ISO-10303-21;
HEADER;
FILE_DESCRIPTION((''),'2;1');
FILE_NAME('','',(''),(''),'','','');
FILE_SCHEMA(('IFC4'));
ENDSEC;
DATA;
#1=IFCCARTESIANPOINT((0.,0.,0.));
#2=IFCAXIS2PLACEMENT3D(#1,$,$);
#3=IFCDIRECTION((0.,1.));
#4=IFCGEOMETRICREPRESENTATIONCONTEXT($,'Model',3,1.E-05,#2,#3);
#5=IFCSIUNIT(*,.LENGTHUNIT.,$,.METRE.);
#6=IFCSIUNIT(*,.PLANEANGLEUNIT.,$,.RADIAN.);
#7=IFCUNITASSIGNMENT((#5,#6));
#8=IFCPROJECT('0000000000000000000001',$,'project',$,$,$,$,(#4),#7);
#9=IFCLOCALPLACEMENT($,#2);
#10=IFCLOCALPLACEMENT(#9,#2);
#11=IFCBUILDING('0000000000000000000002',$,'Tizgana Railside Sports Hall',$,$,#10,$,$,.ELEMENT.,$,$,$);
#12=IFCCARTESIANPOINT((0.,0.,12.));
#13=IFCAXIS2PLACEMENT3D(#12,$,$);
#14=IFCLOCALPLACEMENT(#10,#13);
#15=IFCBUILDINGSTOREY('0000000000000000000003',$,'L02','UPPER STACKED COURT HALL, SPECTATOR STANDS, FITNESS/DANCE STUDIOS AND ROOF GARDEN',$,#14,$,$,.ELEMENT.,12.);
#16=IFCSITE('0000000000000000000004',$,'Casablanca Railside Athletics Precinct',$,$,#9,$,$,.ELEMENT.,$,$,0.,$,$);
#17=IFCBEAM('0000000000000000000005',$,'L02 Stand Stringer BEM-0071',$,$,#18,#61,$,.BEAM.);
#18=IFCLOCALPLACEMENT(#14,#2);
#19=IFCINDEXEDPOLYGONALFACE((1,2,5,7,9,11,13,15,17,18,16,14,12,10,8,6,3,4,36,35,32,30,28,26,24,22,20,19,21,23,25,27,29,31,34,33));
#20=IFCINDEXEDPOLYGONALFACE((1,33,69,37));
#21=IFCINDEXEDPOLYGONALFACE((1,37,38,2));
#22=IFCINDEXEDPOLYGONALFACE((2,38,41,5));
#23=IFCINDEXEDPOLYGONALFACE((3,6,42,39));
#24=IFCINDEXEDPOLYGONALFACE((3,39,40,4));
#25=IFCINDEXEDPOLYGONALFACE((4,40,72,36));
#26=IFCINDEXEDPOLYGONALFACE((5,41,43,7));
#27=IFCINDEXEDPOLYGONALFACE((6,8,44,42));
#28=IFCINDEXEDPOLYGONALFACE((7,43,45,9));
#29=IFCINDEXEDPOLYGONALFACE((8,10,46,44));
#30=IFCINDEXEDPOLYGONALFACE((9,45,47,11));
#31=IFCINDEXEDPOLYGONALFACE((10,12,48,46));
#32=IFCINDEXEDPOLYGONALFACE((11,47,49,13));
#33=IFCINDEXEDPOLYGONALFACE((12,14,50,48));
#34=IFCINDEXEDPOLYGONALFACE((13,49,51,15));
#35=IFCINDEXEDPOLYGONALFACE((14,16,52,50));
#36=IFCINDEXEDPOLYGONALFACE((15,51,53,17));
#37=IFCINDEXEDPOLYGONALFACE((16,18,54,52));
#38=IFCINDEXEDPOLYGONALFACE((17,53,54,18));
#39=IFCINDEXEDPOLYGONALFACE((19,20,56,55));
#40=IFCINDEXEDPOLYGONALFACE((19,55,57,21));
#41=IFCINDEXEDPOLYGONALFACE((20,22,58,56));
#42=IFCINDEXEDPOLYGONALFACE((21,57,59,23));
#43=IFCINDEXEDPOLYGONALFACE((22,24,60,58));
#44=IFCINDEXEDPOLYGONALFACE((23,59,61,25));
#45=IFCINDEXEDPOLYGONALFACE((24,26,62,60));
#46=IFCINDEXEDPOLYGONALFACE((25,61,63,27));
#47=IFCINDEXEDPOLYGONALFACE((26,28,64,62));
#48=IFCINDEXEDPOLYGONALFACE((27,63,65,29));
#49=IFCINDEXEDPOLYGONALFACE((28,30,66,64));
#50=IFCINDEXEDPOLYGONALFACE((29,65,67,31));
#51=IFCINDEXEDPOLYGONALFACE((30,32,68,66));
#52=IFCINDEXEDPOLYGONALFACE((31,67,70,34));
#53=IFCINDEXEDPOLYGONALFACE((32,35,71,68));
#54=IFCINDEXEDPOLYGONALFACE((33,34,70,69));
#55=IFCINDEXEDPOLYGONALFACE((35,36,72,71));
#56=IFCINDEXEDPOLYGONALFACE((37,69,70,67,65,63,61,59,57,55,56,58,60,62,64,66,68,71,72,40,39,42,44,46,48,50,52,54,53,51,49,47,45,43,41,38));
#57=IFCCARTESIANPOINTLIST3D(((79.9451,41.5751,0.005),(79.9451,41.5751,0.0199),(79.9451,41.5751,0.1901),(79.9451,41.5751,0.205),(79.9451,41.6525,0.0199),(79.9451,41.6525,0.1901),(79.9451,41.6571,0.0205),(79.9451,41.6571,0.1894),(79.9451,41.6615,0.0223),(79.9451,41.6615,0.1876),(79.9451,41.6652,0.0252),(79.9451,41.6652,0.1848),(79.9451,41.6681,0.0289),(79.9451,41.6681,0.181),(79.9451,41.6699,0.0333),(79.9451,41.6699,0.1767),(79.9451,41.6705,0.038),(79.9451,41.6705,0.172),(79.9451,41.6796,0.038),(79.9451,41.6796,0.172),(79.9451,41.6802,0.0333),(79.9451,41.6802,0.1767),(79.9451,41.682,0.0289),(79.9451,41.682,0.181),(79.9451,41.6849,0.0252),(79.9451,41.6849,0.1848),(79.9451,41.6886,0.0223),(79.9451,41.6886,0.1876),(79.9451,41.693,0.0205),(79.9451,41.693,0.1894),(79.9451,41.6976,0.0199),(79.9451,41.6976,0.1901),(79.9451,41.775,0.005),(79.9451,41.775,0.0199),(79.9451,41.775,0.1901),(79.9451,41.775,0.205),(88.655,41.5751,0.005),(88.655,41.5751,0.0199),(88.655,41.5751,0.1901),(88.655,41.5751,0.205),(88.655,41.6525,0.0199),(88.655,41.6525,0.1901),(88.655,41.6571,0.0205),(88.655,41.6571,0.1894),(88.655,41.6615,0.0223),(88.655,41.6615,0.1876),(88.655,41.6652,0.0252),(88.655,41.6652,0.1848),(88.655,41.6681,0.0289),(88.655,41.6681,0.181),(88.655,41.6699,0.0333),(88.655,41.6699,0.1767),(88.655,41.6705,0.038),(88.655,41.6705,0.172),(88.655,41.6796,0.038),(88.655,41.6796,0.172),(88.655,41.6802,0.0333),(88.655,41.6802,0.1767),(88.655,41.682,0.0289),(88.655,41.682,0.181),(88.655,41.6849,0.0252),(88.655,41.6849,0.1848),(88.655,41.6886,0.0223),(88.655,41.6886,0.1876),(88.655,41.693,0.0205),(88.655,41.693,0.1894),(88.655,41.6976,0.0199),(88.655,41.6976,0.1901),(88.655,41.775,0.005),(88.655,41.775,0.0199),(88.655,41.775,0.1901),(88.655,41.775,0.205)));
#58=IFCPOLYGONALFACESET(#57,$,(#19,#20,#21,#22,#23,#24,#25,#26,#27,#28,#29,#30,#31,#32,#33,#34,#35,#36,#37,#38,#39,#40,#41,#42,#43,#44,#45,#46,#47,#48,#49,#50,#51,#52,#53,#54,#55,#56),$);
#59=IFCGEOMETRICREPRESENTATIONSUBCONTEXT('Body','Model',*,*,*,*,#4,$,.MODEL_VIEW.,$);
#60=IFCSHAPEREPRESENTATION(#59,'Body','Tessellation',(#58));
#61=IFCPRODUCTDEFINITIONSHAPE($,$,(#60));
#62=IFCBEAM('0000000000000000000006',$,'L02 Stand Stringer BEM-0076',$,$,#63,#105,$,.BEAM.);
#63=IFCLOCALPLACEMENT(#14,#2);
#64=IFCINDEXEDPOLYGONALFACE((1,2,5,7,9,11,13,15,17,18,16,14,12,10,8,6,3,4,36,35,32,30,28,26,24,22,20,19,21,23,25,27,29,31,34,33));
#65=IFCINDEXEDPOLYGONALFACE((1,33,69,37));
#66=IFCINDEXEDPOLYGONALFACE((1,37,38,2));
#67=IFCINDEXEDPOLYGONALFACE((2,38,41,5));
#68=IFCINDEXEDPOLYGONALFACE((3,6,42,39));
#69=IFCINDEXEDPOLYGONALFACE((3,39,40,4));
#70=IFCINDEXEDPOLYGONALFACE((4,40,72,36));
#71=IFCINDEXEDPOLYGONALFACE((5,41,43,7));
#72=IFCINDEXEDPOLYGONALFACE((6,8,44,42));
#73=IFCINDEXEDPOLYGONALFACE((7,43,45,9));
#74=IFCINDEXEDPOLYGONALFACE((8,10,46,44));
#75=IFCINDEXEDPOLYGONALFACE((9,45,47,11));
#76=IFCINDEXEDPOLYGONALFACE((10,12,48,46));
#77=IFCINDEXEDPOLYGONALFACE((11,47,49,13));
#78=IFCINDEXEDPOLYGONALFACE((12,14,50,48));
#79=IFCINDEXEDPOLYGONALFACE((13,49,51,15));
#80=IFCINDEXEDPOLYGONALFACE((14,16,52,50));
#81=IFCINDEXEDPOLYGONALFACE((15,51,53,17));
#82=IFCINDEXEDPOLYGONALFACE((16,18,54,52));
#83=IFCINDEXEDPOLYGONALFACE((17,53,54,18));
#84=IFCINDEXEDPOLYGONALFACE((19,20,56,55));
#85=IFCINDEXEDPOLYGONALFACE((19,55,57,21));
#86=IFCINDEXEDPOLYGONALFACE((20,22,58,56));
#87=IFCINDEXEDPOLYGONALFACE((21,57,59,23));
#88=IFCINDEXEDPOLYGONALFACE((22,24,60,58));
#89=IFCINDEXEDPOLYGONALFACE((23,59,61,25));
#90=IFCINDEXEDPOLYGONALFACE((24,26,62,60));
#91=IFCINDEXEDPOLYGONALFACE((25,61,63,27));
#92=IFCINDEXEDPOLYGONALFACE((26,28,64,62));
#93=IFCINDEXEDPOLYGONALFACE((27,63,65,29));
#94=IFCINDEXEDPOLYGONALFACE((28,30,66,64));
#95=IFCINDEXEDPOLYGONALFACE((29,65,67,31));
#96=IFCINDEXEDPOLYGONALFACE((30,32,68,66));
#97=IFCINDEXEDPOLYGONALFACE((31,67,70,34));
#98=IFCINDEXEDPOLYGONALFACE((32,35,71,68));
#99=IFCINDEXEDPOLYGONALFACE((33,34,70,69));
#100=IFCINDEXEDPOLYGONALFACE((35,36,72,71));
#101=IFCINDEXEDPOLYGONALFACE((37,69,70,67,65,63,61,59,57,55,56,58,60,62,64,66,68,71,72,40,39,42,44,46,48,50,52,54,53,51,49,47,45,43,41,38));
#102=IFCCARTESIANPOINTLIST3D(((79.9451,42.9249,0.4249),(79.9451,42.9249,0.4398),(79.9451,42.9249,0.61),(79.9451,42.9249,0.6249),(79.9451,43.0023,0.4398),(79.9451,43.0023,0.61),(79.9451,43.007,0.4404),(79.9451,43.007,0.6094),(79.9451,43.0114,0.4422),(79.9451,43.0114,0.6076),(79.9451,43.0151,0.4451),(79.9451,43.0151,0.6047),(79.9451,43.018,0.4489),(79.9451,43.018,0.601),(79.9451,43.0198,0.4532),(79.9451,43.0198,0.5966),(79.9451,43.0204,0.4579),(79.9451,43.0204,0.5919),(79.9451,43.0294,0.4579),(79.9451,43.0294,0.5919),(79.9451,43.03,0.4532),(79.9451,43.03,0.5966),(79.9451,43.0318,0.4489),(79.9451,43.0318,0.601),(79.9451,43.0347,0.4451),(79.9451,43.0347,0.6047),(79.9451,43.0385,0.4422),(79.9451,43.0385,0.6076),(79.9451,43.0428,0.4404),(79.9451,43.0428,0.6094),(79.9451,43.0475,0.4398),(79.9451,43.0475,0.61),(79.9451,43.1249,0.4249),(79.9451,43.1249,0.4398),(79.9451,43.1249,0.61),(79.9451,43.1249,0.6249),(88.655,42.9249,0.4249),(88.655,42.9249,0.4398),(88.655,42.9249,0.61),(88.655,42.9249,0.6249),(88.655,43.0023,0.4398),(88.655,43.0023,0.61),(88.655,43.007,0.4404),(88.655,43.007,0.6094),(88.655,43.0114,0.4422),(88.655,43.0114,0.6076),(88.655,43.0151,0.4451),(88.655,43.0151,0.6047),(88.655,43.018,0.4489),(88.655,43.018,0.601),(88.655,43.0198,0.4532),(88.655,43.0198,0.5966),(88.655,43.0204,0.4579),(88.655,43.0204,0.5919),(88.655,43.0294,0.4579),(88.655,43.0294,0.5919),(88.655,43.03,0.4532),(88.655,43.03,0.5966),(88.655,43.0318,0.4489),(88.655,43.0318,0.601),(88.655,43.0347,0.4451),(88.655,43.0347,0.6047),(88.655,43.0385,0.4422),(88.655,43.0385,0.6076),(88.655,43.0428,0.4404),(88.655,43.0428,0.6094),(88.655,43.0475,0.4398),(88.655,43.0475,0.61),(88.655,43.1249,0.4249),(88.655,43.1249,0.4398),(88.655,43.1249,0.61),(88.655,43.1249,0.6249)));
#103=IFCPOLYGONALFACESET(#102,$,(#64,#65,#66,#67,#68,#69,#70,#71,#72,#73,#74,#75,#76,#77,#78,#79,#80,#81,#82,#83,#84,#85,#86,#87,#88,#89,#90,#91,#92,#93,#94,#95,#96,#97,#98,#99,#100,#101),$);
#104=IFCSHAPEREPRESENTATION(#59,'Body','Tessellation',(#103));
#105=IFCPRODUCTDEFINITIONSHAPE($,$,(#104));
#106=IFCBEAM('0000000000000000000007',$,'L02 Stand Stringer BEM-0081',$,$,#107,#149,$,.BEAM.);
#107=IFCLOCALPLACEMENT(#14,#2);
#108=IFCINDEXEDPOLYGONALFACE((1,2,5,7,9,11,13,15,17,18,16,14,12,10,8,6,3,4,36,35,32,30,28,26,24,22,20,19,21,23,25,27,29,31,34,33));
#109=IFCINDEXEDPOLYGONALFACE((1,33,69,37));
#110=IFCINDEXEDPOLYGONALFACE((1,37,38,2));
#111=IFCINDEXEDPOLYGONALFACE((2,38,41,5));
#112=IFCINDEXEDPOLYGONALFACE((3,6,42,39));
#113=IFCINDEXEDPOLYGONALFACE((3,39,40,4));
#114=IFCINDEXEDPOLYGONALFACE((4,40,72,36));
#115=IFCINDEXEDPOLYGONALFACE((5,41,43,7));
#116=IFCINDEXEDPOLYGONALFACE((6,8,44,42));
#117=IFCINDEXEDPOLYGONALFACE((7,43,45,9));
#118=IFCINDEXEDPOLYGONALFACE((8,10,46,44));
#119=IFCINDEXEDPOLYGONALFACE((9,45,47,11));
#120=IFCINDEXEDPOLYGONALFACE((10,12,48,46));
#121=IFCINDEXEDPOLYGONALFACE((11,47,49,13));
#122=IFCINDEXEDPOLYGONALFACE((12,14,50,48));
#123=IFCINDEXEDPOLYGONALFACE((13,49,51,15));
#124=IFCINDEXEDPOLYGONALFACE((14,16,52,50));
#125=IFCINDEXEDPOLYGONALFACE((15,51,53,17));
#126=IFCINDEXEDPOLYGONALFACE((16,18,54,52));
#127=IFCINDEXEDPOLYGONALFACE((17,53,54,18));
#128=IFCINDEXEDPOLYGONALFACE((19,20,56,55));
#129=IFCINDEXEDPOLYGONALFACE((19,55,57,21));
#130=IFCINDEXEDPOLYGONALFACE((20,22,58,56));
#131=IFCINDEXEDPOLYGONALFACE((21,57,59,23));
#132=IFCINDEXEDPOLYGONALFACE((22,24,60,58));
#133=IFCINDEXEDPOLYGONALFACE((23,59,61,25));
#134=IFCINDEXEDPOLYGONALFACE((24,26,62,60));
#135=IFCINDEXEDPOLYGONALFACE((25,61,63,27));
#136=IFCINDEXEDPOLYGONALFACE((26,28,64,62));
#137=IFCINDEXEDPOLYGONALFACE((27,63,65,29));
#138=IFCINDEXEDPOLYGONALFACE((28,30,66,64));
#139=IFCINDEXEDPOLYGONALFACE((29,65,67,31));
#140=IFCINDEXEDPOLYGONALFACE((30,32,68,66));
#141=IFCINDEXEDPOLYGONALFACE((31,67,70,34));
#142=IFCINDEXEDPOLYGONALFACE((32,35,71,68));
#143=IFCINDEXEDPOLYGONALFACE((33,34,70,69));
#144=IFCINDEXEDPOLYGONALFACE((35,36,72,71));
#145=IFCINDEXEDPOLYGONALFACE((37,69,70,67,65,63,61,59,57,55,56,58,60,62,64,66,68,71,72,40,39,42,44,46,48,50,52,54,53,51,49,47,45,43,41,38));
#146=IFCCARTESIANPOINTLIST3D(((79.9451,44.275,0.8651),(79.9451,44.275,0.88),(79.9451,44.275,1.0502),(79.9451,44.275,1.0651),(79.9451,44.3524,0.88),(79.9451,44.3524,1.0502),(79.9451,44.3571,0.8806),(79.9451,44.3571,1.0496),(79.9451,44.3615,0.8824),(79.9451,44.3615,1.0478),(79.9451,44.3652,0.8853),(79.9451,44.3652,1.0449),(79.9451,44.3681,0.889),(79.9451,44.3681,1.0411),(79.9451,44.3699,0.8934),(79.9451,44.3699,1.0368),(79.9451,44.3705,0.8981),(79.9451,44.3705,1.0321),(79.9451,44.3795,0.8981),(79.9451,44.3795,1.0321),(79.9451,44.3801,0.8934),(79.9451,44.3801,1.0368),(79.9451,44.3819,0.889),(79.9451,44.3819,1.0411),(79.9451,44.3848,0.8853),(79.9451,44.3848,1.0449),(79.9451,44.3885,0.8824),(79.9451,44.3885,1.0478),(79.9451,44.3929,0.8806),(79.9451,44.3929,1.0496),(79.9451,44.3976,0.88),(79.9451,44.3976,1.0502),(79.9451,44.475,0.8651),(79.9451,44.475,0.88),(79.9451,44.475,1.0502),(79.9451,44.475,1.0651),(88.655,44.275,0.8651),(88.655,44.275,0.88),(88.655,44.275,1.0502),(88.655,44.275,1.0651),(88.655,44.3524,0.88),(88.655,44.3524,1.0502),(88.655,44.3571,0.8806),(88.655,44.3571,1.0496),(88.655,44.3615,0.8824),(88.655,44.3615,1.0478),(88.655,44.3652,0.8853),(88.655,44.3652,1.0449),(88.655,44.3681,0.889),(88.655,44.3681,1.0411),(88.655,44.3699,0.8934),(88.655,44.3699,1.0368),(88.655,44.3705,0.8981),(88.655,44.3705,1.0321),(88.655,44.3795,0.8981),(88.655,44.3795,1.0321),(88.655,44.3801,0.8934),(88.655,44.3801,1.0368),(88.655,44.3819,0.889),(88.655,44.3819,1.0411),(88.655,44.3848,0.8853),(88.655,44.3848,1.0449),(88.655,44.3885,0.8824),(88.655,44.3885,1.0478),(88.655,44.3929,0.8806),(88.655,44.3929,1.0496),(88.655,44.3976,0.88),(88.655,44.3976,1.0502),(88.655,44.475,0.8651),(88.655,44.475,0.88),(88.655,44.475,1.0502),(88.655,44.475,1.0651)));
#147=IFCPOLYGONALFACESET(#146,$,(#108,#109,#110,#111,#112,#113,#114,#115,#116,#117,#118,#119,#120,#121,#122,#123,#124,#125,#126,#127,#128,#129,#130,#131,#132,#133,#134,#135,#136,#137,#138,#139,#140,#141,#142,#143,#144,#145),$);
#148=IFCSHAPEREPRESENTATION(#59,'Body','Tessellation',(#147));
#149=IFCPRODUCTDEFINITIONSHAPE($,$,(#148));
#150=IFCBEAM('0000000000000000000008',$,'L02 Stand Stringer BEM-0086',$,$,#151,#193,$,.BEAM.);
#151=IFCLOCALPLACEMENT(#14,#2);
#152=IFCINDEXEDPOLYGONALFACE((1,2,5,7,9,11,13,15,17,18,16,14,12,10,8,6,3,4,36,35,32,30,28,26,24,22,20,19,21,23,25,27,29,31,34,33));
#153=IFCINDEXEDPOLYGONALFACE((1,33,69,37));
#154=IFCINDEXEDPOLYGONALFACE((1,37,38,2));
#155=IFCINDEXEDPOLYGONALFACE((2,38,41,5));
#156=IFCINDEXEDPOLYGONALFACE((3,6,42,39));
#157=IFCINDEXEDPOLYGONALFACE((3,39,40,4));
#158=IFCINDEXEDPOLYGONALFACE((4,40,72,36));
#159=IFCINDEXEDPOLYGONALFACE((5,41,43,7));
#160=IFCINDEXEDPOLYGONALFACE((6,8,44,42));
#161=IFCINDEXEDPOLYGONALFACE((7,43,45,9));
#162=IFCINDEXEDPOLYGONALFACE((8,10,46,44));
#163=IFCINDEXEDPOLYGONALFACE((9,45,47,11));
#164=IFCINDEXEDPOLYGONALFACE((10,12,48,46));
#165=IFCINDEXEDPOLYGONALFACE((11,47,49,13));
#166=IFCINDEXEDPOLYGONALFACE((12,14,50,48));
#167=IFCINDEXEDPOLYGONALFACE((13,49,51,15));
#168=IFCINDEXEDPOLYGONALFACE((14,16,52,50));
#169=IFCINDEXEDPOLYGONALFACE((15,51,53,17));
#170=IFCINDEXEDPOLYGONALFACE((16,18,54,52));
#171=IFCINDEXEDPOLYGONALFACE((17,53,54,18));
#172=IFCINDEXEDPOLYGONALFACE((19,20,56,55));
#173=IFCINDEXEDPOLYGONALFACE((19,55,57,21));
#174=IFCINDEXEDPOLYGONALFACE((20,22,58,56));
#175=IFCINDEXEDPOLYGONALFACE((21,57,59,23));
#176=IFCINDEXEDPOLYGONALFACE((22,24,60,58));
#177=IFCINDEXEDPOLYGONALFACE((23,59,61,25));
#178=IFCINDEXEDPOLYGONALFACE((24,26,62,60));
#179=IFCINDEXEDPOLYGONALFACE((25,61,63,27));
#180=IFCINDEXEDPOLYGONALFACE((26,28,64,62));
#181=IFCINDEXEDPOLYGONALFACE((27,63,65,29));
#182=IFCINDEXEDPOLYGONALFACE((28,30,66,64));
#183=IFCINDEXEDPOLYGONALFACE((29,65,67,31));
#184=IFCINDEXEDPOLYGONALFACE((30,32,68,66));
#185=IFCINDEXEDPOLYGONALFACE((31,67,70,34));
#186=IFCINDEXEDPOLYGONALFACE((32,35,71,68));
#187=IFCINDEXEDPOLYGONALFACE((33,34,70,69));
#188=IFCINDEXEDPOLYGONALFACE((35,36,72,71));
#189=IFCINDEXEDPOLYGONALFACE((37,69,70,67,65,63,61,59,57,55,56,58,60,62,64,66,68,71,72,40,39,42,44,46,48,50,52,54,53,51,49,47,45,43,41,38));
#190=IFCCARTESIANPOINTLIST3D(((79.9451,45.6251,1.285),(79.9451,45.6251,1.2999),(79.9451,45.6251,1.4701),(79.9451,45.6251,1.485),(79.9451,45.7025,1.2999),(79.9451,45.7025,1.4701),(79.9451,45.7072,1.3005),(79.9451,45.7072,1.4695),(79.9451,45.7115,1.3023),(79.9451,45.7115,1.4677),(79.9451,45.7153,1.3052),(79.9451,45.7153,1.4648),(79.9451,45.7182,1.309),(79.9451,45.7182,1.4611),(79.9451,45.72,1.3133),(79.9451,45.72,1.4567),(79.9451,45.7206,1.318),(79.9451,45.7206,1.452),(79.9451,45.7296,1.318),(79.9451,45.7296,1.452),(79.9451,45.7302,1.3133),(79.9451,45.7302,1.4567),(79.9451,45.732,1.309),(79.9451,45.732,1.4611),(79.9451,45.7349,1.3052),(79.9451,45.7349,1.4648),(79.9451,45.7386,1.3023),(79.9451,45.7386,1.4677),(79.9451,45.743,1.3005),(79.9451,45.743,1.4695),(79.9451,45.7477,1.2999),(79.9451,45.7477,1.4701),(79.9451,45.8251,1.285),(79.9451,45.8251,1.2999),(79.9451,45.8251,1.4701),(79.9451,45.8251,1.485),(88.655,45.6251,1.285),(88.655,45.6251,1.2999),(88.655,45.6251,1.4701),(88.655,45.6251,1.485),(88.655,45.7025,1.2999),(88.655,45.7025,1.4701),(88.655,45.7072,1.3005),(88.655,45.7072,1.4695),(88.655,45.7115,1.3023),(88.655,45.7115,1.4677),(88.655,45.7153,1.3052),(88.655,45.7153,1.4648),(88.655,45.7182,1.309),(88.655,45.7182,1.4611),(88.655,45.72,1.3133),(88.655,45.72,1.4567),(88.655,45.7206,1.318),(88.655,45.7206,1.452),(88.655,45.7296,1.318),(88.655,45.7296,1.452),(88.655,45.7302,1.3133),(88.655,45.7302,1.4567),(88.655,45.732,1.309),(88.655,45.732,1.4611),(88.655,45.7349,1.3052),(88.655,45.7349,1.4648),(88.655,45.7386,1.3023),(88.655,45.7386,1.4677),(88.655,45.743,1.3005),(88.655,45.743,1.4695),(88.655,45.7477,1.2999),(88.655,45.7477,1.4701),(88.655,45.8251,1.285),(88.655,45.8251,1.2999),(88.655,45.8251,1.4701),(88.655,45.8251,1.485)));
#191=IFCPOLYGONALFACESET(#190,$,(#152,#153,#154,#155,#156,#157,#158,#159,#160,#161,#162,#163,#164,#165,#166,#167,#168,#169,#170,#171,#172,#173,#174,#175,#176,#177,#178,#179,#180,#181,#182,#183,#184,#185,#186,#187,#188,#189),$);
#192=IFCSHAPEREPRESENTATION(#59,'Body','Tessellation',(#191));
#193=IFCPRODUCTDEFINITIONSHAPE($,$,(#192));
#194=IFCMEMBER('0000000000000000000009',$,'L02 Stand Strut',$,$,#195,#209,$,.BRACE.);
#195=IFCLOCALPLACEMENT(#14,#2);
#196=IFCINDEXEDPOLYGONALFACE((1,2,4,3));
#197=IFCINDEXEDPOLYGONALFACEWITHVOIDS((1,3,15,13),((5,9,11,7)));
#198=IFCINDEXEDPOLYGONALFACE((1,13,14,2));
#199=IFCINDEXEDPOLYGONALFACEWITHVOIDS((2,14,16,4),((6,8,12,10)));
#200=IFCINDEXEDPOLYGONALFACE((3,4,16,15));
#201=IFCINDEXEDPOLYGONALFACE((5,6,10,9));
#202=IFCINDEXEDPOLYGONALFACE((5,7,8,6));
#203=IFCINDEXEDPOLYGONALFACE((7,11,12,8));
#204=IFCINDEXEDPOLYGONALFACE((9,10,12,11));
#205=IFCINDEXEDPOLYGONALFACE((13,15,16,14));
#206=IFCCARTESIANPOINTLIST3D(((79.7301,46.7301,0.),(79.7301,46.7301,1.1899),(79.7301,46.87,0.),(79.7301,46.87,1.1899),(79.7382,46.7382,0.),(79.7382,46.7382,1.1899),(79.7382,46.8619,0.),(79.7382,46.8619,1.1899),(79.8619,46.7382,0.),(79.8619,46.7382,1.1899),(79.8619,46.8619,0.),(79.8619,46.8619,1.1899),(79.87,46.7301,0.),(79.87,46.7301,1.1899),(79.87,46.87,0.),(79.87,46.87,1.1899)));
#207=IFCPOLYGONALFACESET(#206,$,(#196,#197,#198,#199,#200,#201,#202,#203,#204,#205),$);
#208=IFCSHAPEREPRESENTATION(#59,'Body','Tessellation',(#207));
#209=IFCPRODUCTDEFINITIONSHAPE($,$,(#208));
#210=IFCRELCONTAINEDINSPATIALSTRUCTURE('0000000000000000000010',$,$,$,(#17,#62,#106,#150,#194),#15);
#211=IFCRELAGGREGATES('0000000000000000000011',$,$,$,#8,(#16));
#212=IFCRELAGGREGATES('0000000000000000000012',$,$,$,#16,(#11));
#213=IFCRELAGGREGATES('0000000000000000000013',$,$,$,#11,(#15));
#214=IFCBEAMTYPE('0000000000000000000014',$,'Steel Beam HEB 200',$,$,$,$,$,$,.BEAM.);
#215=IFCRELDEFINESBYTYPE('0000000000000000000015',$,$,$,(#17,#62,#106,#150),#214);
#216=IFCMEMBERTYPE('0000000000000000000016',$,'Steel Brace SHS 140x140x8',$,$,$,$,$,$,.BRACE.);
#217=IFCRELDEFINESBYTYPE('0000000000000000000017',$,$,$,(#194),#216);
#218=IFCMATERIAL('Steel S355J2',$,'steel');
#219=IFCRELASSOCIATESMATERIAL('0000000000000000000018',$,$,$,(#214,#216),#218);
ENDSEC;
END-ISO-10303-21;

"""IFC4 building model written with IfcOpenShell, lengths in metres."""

from ifc_helpers import new_model, si_unit, direction, frame, origin, origin_2d, place, context, subcontext, project, spatial, hollow_rectangle, i_section, extrude, material, material_profile, profile_set, type_object, element, save


model = new_model("IFC4")

# Units and contexts
model_context = context("Model", 3, precision=1e-05, world=origin(), true_north=direction((0.0, 1.0)))
body_context = subcontext(model_context, "Body", "Model", "MODEL_VIEW")
ifc_project = project(units=[si_unit("LENGTHUNIT", "METRE"), si_unit("PLANEANGLEUNIT", "RADIAN")], contexts=[model_context])

# Site, building, storey
site_placement = place(None, origin())
site = spatial("IfcSite", under=ifc_project, at=site_placement, Name="Casablanca Railside Athletics Precinct", CompositionType="ELEMENT", RefElevation=0.0)
building_placement = place(site_placement, origin())
building = spatial("IfcBuilding", under=site, at=building_placement, Name="Tizgana Railside Sports Hall", CompositionType="ELEMENT")
storey_placement = place(building_placement, frame((0.0, 0.0, 12.0)))
storey = spatial("IfcBuildingStorey", under=building, at=storey_placement, Name="L02", Description="UPPER STACKED COURT HALL, SPECTATOR STANDS, FITNESS/DANCE STUDIOS AND ROOF GARDEN", CompositionType="ELEMENT", Elevation=12.0)

# Beams
ifc_material_1 = material(Name="Steel S355J2", Category="steel")
ifc_material_profile_1 = material_profile(ifc_material_1, i_section(OverallWidth=0.2, OverallDepth=0.2, WebThickness=0.009, FlangeThickness=0.0149, FilletRadius=0.0181, at=origin_2d()), Name="HEB 200")
ifc_profile_set_1 = profile_set([ifc_material_profile_1], Name="Steel S355J2")
beam_type = type_object("IfcBeamType", Name="Steel Beam HEB 200", PredefinedType="BEAM", material=ifc_profile_set_1)
for number, where, z_axis, x_axis, name in (
    (1, (79.9451, 41.675, 0.105), (1.0, 0.0, 0.0), (0.0, 1.0, 0.0), "L02 Stand Stringer BEM-0071"),
    (2, (79.9451, 43.0249, 0.5249), (1.0, 0.0, 0.0), (0.0, 1.0, 0.0), "L02 Stand Stringer BEM-0076"),
    (3, (79.9451, 44.375, 0.9651), (1.0, 0.0, 0.0), (0.0, 1.0, 0.0), "L02 Stand Stringer BEM-0081"),
    (4, (79.9451, 45.7251, 1.385), (1.0, 0.0, 0.0), (0.0, 1.0, 0.0), "L02 Stand Stringer BEM-0086"),
):
    element("IfcBeam", number, at=place(storey_placement, frame(where, z_axis=z_axis, x_axis=x_axis)), inside=storey, type_object=beam_type, Name=name, PredefinedType="BEAM", context=body_context, shape_type="SweptSolid", body=[
        extrude(i_section(OverallWidth=0.2, OverallDepth=0.2, WebThickness=0.009, FlangeThickness=0.0149, FilletRadius=0.0181, at=origin_2d()), origin(), (0.0, 0.0, 1.0), 8.71),
    ])

# Member
ifc_material_profile_2 = material_profile(ifc_material_1, hollow_rectangle(XDim=0.1399, YDim=0.1399, WallThickness=0.0081, at=origin_2d()), Name="SHS 140x140x8")
ifc_profile_set_2 = profile_set([ifc_material_profile_2], Name="Steel S355J2")
member_type = type_object("IfcMemberType", Name="Steel Brace SHS 140x140x8", PredefinedType="BRACE", material=ifc_profile_set_2)
member_placement = place(storey_placement, frame((79.8, 46.8, 0.0), z_axis=(0.0, 0.0, 1.0), x_axis=(1.0, 0.0, 0.0)))
element("IfcMember", 5, at=member_placement, inside=storey, type_object=member_type, Name="L02 Stand Strut", PredefinedType="BRACE", context=body_context, shape_type="SweptSolid", body=[
    extrude(hollow_rectangle(XDim=0.1399, YDim=0.1399, WallThickness=0.0081, at=origin_2d()), origin(), (0.0, 0.0, 1.0), 1.1899),
])

save(model, "model.ifc")
